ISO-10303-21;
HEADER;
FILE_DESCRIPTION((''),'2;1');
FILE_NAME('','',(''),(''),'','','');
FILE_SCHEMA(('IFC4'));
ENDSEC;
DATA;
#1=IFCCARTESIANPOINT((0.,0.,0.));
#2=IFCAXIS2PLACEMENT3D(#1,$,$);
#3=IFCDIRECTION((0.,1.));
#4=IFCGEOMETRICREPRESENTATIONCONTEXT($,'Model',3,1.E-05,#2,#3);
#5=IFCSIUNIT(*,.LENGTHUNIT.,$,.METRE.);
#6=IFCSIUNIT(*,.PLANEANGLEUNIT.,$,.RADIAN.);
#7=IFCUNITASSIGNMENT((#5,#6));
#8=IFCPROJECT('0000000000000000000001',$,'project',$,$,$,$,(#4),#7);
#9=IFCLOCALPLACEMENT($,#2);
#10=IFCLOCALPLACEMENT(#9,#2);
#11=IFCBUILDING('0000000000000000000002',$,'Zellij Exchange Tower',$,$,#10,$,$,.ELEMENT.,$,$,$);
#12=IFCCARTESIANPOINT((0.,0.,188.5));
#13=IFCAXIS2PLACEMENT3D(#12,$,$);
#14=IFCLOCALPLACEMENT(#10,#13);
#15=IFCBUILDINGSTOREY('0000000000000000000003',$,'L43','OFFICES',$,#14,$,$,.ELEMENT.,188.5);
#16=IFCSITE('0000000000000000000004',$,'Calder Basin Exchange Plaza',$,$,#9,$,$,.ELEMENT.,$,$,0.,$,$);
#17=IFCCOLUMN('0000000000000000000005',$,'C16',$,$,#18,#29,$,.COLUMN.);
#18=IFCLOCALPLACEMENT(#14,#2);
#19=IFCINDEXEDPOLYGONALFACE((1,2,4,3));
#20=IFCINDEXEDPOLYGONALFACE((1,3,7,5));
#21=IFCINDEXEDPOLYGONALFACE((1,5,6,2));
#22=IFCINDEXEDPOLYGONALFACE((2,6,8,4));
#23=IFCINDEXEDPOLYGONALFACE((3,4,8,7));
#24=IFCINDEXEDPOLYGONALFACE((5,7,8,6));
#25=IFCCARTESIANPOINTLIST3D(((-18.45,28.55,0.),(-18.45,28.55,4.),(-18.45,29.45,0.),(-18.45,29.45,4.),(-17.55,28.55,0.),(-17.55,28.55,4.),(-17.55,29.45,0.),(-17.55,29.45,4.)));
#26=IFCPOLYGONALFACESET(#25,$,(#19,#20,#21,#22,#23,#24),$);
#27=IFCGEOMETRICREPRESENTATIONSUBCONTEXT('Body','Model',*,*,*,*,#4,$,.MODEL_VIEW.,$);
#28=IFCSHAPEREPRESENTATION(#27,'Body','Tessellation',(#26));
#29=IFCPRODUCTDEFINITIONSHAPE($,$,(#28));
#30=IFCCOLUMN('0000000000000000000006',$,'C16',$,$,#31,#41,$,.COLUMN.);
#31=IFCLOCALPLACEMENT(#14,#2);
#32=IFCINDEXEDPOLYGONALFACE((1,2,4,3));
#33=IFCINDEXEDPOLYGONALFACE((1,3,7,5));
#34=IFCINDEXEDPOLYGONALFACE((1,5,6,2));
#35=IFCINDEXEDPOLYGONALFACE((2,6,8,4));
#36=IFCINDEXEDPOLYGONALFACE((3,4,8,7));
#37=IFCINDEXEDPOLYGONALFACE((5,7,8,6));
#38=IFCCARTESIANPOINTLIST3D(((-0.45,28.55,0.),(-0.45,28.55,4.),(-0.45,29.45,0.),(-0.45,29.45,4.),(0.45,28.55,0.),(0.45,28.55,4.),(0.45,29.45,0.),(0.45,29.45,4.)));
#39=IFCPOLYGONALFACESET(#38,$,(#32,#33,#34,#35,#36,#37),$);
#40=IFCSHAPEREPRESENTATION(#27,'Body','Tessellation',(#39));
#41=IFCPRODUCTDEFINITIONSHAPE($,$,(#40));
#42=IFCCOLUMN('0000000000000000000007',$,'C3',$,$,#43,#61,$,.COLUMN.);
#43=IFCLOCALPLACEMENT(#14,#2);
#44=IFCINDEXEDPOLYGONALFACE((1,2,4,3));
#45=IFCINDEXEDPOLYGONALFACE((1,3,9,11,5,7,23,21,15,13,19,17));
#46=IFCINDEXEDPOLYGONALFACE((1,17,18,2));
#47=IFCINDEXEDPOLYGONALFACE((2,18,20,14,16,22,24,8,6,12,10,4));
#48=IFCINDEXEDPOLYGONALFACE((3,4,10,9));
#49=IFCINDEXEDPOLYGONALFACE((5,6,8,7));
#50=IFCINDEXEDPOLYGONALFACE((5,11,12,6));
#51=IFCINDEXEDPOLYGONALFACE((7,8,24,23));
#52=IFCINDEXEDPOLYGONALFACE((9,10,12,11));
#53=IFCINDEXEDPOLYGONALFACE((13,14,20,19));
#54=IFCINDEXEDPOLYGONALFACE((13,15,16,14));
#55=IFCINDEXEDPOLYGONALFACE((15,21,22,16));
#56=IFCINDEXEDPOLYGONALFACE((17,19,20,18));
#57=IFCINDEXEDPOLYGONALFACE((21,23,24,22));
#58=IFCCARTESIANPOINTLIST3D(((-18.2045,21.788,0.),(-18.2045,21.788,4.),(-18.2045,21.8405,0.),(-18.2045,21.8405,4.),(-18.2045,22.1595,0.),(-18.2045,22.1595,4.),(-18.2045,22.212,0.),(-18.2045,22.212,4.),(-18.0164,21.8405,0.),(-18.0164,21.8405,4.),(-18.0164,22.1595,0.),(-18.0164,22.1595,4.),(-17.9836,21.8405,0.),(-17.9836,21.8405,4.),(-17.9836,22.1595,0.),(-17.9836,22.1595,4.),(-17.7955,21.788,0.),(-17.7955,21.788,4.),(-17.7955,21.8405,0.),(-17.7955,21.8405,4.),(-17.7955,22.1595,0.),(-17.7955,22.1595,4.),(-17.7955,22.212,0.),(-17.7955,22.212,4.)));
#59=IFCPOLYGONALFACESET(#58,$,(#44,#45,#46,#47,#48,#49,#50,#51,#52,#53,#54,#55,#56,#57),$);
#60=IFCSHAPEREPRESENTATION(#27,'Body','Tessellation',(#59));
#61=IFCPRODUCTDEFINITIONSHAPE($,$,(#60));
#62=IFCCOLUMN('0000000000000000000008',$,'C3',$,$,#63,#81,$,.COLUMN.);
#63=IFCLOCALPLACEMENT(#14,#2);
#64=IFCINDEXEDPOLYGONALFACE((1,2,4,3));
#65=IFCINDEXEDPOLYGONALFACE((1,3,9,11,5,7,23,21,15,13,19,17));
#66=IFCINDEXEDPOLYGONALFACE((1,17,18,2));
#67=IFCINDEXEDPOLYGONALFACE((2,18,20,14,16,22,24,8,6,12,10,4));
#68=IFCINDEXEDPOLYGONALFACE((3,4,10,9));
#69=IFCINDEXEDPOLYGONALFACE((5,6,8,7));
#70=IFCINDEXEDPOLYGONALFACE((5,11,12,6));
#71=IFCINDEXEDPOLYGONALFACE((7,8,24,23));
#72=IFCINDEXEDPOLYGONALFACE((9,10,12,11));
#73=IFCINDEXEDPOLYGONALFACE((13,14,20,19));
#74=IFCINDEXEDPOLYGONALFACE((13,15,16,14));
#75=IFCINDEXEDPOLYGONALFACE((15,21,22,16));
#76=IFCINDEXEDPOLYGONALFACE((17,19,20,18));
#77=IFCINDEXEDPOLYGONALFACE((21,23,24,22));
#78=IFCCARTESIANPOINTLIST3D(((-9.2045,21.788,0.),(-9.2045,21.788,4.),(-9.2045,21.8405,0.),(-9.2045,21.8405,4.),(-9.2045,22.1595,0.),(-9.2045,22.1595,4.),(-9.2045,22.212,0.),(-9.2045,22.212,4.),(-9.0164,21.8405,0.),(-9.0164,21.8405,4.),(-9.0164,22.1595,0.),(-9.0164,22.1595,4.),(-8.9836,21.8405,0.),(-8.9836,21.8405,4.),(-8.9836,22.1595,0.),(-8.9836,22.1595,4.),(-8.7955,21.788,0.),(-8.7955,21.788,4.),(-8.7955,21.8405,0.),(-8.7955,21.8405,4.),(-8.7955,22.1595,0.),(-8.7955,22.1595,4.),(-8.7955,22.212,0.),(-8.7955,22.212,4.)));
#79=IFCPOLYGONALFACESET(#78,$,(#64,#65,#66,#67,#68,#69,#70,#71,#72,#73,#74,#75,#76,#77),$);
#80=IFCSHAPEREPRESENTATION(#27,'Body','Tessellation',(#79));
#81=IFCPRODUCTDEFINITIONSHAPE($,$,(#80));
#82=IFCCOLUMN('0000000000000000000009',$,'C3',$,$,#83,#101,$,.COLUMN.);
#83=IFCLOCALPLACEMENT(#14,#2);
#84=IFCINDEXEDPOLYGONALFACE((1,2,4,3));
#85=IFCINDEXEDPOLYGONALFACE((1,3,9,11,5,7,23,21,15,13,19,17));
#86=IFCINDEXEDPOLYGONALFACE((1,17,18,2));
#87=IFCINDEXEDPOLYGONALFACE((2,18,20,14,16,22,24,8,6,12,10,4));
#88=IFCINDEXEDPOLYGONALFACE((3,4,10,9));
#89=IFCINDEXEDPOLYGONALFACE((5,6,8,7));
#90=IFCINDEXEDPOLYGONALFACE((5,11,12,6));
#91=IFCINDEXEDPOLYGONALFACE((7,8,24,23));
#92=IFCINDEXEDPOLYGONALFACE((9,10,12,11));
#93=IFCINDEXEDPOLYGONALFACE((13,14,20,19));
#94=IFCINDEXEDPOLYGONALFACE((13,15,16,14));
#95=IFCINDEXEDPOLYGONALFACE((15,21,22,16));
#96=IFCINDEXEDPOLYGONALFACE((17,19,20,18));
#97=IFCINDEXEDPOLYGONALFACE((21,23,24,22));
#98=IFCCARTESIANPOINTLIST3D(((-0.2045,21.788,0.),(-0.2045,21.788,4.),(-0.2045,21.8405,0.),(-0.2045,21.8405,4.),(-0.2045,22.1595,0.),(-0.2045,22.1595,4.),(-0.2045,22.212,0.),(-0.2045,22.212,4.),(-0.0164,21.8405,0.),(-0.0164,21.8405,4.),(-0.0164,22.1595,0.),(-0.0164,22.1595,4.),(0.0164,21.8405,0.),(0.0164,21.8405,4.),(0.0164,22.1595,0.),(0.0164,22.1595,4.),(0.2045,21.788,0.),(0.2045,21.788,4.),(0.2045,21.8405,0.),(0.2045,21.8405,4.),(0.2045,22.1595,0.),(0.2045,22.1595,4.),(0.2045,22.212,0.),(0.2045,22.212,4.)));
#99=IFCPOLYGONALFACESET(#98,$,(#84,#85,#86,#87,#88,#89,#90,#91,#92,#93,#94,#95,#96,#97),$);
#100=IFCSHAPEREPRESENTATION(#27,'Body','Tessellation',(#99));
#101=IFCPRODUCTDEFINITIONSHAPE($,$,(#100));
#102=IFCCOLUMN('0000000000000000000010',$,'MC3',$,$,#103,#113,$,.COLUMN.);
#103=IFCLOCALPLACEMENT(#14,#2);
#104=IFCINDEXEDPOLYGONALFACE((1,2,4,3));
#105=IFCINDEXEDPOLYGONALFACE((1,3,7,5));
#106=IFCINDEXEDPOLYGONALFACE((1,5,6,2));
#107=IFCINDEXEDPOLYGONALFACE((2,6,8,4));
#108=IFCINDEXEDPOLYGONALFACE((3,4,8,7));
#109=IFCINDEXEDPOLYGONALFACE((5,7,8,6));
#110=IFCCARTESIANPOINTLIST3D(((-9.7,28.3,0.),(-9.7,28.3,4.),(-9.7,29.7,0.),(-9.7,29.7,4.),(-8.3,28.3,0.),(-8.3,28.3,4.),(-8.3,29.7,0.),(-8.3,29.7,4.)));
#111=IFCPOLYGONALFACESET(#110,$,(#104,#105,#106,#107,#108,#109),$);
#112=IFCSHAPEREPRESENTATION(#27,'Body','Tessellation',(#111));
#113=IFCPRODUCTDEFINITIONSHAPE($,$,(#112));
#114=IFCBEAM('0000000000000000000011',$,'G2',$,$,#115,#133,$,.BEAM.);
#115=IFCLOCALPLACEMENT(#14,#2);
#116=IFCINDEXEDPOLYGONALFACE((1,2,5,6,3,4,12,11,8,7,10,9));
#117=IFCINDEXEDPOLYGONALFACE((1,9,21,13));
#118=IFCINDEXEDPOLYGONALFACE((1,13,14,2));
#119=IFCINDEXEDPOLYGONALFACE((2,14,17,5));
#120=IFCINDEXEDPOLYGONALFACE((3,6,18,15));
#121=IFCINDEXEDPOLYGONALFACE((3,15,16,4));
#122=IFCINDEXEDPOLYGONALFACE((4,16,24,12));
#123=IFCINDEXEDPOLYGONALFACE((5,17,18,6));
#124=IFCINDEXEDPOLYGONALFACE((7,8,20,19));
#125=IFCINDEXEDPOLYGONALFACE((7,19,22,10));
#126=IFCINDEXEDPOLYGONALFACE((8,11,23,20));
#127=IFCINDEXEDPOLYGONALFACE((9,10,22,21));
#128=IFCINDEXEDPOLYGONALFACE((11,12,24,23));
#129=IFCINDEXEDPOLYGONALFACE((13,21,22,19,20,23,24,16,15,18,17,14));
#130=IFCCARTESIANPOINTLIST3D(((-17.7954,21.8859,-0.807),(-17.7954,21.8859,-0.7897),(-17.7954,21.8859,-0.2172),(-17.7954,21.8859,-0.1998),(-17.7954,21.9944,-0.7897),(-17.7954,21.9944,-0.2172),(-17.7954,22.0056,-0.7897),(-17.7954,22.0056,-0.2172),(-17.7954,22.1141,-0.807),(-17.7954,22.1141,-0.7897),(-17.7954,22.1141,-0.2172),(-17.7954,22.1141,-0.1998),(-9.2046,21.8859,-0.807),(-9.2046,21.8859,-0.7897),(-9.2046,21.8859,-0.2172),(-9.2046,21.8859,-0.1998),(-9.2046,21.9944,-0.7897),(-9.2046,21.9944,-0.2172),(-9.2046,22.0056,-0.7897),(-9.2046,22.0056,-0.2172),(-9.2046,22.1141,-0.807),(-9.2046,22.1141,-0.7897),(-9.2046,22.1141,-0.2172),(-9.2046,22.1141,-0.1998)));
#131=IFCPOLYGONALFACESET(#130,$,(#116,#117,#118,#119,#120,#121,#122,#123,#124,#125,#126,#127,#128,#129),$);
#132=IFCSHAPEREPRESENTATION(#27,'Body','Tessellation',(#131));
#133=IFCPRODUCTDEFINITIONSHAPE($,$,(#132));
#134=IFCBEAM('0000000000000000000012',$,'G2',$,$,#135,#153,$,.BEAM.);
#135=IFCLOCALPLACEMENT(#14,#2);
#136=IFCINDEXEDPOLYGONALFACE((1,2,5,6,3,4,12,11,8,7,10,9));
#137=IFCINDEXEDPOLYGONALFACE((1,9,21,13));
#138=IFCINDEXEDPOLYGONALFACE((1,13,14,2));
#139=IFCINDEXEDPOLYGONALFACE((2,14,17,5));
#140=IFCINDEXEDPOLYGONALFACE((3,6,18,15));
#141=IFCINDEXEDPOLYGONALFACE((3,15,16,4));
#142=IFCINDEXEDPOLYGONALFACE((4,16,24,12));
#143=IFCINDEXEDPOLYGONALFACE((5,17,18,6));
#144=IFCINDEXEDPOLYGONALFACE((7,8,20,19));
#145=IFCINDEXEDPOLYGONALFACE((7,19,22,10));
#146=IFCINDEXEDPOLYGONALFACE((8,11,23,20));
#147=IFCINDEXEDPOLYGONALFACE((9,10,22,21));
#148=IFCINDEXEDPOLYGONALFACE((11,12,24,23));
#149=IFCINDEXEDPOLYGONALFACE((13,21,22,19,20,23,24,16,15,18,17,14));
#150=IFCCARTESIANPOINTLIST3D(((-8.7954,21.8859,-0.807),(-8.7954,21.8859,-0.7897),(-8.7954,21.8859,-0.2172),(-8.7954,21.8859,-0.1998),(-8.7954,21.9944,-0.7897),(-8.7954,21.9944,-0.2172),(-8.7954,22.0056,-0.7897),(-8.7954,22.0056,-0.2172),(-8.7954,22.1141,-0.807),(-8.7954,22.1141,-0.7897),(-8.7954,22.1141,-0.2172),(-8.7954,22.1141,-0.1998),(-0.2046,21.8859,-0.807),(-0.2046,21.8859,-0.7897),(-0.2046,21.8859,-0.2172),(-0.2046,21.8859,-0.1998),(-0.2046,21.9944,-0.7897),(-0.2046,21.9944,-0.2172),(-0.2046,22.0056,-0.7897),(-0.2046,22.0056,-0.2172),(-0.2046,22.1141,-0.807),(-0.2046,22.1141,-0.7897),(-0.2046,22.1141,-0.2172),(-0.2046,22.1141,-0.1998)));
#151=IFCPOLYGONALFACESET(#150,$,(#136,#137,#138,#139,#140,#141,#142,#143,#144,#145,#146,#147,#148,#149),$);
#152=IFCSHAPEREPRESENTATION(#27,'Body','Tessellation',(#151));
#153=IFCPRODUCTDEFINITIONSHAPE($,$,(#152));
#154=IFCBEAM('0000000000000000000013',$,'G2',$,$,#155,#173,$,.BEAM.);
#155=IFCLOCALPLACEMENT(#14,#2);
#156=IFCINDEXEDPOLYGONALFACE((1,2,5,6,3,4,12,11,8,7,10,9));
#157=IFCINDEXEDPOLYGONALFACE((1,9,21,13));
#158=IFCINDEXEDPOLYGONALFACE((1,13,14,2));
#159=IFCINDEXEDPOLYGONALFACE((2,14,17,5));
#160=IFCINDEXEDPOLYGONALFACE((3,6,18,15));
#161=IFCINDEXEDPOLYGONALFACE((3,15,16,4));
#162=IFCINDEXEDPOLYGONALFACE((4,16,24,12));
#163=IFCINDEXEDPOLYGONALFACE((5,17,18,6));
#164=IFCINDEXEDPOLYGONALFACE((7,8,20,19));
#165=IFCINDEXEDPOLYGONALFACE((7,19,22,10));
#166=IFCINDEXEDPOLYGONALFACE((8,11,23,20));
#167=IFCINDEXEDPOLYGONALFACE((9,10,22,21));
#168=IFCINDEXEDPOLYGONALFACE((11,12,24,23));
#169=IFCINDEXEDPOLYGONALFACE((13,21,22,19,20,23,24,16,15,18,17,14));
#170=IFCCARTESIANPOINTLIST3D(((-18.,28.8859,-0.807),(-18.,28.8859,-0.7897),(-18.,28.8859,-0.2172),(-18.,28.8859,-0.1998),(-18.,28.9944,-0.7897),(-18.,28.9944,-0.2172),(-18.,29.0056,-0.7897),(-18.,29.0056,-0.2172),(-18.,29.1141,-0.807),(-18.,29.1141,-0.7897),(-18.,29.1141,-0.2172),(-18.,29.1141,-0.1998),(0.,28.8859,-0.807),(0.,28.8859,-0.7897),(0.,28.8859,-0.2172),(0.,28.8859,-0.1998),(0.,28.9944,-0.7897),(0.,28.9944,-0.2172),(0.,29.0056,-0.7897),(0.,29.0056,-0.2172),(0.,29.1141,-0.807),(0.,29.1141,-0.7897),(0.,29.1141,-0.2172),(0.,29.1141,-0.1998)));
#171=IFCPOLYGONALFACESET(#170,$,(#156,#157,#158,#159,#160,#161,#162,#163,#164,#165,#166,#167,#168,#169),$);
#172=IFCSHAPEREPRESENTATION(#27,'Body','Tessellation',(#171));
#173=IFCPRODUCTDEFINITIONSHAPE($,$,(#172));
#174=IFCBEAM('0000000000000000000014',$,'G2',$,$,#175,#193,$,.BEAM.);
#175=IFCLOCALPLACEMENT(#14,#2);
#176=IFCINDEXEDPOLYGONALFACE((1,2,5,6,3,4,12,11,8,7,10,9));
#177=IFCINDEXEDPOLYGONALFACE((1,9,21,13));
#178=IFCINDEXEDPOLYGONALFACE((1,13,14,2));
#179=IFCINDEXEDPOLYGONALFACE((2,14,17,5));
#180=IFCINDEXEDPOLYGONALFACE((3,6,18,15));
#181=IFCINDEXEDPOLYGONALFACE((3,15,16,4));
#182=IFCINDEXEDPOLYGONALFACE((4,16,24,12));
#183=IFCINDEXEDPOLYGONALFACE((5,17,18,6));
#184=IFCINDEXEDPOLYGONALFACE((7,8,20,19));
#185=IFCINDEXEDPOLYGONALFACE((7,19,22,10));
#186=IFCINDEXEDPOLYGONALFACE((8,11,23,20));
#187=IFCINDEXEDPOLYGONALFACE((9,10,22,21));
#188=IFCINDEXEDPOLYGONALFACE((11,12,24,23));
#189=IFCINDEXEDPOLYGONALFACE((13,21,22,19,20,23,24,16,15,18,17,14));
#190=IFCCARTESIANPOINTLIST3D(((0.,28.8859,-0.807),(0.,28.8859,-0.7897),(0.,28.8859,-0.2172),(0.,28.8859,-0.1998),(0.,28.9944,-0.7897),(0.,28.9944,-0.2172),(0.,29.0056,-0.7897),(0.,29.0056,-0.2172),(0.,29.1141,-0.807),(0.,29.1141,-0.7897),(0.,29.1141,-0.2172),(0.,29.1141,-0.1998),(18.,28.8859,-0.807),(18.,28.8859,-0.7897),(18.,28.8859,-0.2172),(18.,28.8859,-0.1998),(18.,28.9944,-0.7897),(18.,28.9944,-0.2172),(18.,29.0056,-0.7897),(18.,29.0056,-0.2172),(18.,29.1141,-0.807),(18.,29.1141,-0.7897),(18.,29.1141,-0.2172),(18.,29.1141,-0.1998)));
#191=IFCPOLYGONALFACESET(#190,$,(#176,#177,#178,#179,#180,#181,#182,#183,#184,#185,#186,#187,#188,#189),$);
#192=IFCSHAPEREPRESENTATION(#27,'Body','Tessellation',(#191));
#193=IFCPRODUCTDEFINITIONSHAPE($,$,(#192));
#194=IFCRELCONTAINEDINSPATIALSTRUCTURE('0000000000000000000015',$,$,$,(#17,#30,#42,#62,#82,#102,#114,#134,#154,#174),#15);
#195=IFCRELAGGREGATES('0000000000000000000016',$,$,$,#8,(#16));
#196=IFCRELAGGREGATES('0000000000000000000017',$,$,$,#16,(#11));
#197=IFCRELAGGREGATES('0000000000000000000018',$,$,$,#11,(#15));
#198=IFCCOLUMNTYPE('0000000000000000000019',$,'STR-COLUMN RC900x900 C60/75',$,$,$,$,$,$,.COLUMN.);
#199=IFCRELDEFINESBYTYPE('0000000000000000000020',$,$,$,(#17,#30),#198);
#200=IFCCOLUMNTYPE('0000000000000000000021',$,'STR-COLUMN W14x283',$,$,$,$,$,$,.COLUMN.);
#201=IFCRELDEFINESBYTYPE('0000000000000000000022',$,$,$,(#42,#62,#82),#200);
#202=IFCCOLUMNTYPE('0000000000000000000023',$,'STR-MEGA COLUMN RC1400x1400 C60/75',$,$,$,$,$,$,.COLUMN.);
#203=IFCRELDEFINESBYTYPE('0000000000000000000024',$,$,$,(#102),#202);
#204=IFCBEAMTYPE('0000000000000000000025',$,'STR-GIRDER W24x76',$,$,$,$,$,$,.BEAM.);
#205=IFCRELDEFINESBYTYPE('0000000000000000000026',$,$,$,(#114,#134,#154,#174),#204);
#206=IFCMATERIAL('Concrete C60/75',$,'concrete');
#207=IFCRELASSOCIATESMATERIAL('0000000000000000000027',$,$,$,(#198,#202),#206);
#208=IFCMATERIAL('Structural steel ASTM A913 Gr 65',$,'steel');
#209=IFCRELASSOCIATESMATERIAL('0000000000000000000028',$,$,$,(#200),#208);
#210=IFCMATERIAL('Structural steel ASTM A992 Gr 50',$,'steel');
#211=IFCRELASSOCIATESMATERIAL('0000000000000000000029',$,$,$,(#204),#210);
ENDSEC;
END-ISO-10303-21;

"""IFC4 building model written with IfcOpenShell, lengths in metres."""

from ifc_helpers import new_model, si_unit, direction, frame, origin, origin_2d, place, context, subcontext, project, spatial, rectangle, i_section, extrude, material, material_profile, profile_set, type_object, element, save


model = new_model("IFC4")

# Units and contexts
model_context = context("Model", 3, precision=1e-05, world=origin(), true_north=direction((0.0, 1.0)))
body_context = subcontext(model_context, "Body", "Model", "MODEL_VIEW")
ifc_project = project(units=[si_unit("LENGTHUNIT", "METRE"), si_unit("PLANEANGLEUNIT", "RADIAN")], contexts=[model_context])

# Site, building, storey
site_placement = place(None, origin())
site = spatial("IfcSite", under=ifc_project, at=site_placement, Name="Calder Basin Exchange Plaza", CompositionType="ELEMENT", RefElevation=0.0)
building_placement = place(site_placement, origin())
building = spatial("IfcBuilding", under=site, at=building_placement, Name="Zellij Exchange Tower", CompositionType="ELEMENT")
storey_placement = place(building_placement, frame((0.0, 0.0, 188.5)))
storey = spatial("IfcBuildingStorey", under=building, at=storey_placement, Name="L43", Description="OFFICES", CompositionType="ELEMENT", Elevation=188.5)

# Columns
ifc_material_1 = material(Name="Concrete C60/75", Category="concrete")
ifc_material_profile_1 = material_profile(ifc_material_1, rectangle(XDim=0.8999, YDim=0.8999, at=origin_2d()), Name="STR-COLUMN RC900x900 C60/75")
ifc_profile_set_1 = profile_set([ifc_material_profile_1], Name="Concrete C60/75")
column_type_1 = type_object("IfcColumnType", Name="STR-COLUMN RC900x900 C60/75", PredefinedType="COLUMN", material=ifc_profile_set_1)
for number, where, z_axis, x_axis, name in (
    (1, (-18.0, 29.0, 0.0), (0.0, 0.0, 1.0), (1.0, 0.0, 0.0), "C16"),
    (2, (0.0, 29.0, 0.0), (0.0, 0.0, 1.0), (1.0, 0.0, 0.0), "C16"),
):
    element("IfcColumn", number, at=place(storey_placement, frame(where, z_axis=z_axis, x_axis=x_axis)), inside=storey, type_object=column_type_1, Name=name, PredefinedType="COLUMN", context=body_context, shape_type="SweptSolid", body=[
        extrude(rectangle(XDim=0.8999, YDim=0.8999, at=origin_2d()), origin(), (0.0, 0.0, 1.0), 4.0),
    ])
ifc_material_2 = material(Name="Structural steel ASTM A913 Gr 65", Category="steel")
ifc_material_profile_2 = material_profile(ifc_material_2, i_section(OverallWidth=0.4089, OverallDepth=0.4241, WebThickness=0.0327, FlangeThickness=0.0525, at=origin_2d()), Name="W14x283")
ifc_profile_set_2 = profile_set([ifc_material_profile_2], Name="Structural steel ASTM A913 Gr 65")
column_type_2 = type_object("IfcColumnType", Name="STR-COLUMN W14x283", PredefinedType="COLUMN", material=ifc_profile_set_2)
for number, where, z_axis, x_axis, name in (
    (3, (-18.0, 22.0, 0.0), (0.0, 0.0, 1.0), (1.0, 0.0, 0.0), "C3"),
    (4, (-9.0, 22.0, 0.0), (0.0, 0.0, 1.0), (1.0, 0.0, 0.0), "C3"),
    (5, (0.0, 22.0, 0.0), (0.0, 0.0, 1.0), (1.0, 0.0, 0.0), "C3"),
):
    element("IfcColumn", number, at=place(storey_placement, frame(where, z_axis=z_axis, x_axis=x_axis)), inside=storey, type_object=column_type_2, Name=name, PredefinedType="COLUMN", context=body_context, shape_type="SweptSolid", body=[
        extrude(i_section(OverallWidth=0.4089, OverallDepth=0.4241, WebThickness=0.0327, FlangeThickness=0.0525, at=origin_2d()), origin(), (0.0, 0.0, 1.0), 4.0),
    ])
ifc_material_profile_3 = material_profile(ifc_material_1, rectangle(XDim=1.3999, YDim=1.3999, at=origin_2d()), Name="STR-MEGA COLUMN RC1400x1400 C60/75")
ifc_profile_set_3 = profile_set([ifc_material_profile_3], Name="Concrete C60/75")
column_type_3 = type_object("IfcColumnType", Name="STR-MEGA COLUMN RC1400x1400 C60/75", PredefinedType="COLUMN", material=ifc_profile_set_3)
column_placement = place(storey_placement, frame((-9.0, 29.0, 0.0), z_axis=(0.0, 0.0, 1.0), x_axis=(1.0, 0.0, 0.0)))
element("IfcColumn", 6, at=column_placement, inside=storey, type_object=column_type_3, Name="MC3", PredefinedType="COLUMN", context=body_context, shape_type="SweptSolid", body=[
    extrude(rectangle(XDim=1.3999, YDim=1.3999, at=origin_2d()), origin(), (0.0, 0.0, 1.0), 4.0),
])

# Beams
ifc_material_3 = material(Name="Structural steel ASTM A992 Gr 50", Category="steel")
ifc_material_profile_4 = material_profile(ifc_material_3, i_section(OverallWidth=0.2283, OverallDepth=0.6072, WebThickness=0.0112, FlangeThickness=0.0173, at=origin_2d()), Name="W24x76")
ifc_profile_set_4 = profile_set([ifc_material_profile_4], Name="Structural steel ASTM A992 Gr 50")
beam_type = type_object("IfcBeamType", Name="STR-GIRDER W24x76", PredefinedType="BEAM", material=ifc_profile_set_4)
for number, where, z_axis, x_axis, name in (
    (7, (-17.7954, 22.0, -0.5034), (1.0, 0.0, 0.0), (0.0, 1.0, 0.0), "G2"),
    (8, (-8.7954, 22.0, -0.5034), (1.0, 0.0, 0.0), (0.0, 1.0, 0.0), "G2"),
):
    element("IfcBeam", number, at=place(storey_placement, frame(where, z_axis=z_axis, x_axis=x_axis)), inside=storey, type_object=beam_type, Name=name, PredefinedType="BEAM", context=body_context, shape_type="SweptSolid", body=[
        extrude(i_section(OverallWidth=0.2283, OverallDepth=0.6072, WebThickness=0.0112, FlangeThickness=0.0173, at=origin_2d()), origin(), (0.0, 0.0, 1.0), 8.5908),
    ])
for number, where, z_axis, x_axis, name in (
    (9, (-18.0, 29.0, -0.5034), (1.0, 0.0, 0.0), (0.0, 1.0, 0.0), "G2"),
    (10, (0.0, 29.0, -0.5034), (1.0, 0.0, 0.0), (0.0, 1.0, 0.0), "G2"),
):
    element("IfcBeam", number, at=place(storey_placement, frame(where, z_axis=z_axis, x_axis=x_axis)), inside=storey, type_object=beam_type, Name=name, PredefinedType="BEAM", context=body_context, shape_type="SweptSolid", body=[
        extrude(i_section(OverallWidth=0.2283, OverallDepth=0.6072, WebThickness=0.0112, FlangeThickness=0.0173, at=origin_2d()), origin(), (0.0, 0.0, 1.0), 18.0),
    ])

save(model, "model.ifc")
